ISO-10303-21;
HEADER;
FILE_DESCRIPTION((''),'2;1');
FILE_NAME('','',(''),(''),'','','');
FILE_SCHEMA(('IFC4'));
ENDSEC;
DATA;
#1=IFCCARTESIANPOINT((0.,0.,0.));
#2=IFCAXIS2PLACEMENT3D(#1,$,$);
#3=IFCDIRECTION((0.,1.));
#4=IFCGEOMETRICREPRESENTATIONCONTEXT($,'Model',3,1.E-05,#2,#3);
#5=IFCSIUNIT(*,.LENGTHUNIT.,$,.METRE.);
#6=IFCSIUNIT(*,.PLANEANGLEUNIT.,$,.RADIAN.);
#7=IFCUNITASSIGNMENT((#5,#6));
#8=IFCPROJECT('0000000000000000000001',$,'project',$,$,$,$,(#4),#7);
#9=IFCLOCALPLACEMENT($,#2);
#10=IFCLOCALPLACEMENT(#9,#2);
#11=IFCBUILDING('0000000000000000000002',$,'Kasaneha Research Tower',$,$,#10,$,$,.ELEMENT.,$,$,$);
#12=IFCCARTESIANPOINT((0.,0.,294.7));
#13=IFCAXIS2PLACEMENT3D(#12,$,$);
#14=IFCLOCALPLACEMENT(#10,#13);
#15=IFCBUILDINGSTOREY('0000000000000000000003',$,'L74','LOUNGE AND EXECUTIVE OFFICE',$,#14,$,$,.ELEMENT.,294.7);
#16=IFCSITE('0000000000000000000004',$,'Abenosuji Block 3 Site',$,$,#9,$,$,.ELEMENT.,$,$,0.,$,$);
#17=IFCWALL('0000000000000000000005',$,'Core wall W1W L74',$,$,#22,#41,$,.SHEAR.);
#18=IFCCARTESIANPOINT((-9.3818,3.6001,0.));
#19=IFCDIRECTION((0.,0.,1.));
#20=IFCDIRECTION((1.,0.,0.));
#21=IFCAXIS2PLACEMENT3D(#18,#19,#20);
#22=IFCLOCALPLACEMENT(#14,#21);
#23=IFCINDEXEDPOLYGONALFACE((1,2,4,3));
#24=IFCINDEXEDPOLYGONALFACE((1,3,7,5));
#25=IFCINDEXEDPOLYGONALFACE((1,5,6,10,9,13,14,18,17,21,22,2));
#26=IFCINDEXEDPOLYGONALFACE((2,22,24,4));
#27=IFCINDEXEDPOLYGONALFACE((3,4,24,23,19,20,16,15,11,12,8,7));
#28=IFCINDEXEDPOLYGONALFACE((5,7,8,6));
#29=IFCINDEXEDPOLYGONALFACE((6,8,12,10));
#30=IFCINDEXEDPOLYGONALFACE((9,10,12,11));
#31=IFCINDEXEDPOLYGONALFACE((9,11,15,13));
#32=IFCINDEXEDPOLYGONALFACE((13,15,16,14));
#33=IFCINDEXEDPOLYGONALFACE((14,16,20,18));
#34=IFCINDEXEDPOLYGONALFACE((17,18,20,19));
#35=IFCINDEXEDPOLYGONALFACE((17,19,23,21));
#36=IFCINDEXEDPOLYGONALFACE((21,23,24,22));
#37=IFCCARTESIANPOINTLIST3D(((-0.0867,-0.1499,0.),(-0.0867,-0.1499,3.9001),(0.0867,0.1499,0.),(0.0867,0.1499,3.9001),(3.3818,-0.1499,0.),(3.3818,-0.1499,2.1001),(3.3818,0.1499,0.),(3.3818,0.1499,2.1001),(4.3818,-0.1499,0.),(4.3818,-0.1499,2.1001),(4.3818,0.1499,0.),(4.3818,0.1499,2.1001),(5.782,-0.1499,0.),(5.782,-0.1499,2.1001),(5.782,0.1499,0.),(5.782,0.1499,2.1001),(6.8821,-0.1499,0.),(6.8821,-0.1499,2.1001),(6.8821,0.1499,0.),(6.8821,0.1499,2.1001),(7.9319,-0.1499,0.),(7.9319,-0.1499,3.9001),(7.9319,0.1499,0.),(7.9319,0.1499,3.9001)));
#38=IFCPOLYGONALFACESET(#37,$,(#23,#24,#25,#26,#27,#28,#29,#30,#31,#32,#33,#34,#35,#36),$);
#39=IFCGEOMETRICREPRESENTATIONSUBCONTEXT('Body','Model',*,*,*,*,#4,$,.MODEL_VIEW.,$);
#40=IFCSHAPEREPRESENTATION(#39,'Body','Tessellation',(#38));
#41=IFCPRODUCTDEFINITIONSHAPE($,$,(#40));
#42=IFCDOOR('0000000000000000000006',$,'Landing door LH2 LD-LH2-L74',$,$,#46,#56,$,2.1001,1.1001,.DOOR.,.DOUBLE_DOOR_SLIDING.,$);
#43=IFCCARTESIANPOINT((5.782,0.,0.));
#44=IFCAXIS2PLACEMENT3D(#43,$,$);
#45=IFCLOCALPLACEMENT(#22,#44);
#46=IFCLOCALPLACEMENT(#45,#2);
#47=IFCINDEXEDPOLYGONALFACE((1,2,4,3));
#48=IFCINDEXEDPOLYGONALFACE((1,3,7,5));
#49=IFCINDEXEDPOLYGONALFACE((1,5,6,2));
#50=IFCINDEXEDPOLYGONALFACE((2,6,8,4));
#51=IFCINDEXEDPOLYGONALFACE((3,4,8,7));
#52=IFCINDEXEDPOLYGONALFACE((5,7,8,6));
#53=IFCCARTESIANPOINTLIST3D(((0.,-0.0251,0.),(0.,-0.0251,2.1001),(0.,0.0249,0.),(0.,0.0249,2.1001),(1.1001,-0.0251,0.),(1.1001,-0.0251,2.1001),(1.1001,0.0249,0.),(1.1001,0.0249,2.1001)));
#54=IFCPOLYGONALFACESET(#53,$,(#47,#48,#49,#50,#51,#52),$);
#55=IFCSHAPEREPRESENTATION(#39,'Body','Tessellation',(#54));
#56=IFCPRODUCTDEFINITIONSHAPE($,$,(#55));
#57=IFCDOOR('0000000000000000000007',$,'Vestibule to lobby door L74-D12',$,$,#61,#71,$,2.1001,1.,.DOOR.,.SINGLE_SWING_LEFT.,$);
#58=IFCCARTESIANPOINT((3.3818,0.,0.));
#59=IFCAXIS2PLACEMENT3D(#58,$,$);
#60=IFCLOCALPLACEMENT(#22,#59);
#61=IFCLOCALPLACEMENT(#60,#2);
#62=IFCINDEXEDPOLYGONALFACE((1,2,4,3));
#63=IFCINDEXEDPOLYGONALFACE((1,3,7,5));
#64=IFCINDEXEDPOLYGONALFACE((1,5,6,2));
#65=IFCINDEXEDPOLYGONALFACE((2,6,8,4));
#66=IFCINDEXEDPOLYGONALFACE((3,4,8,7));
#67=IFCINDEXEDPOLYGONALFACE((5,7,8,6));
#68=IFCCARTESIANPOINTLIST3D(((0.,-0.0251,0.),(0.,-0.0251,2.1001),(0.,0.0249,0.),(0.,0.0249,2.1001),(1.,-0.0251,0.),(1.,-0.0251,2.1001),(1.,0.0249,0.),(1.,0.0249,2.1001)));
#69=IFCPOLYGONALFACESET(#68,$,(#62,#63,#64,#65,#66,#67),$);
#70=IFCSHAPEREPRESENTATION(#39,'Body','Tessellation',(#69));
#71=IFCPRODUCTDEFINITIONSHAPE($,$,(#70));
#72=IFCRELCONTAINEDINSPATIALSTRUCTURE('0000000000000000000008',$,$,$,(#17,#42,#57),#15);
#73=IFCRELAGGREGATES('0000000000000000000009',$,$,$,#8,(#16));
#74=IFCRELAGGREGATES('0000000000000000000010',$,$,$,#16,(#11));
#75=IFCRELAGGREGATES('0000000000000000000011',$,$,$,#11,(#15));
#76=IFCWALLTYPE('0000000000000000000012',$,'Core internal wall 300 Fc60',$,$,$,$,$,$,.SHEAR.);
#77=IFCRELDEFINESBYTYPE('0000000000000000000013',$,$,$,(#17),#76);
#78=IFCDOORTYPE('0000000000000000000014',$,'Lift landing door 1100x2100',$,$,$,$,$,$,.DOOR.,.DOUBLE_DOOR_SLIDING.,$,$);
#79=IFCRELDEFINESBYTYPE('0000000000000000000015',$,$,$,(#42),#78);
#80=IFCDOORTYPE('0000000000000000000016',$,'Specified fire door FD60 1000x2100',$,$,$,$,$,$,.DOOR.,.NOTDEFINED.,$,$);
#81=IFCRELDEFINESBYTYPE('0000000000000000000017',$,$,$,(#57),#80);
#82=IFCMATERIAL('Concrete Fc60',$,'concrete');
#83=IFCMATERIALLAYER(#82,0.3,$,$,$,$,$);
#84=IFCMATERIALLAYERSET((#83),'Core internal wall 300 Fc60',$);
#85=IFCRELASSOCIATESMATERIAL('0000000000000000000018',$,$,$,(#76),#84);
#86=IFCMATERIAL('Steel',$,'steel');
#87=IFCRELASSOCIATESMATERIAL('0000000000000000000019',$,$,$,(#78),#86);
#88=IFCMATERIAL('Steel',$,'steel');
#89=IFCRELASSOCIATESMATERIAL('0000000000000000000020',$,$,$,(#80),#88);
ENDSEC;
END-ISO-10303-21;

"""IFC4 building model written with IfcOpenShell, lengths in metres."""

from ifc_helpers import new_model, si_unit, direction, frame, frame_2d, origin, place, context, subcontext, project, spatial, polyline, rectangle, outline, extrude, material, layer, layer_set, type_object, element, fill, save


model = new_model("IFC4")

# Units and contexts
model_context = context("Model", 3, precision=1e-05, world=origin(), true_north=direction((0.0, 1.0)))
body_context = subcontext(model_context, "Body", "Model", "MODEL_VIEW")
ifc_project = project(units=[si_unit("LENGTHUNIT", "METRE"), si_unit("PLANEANGLEUNIT", "RADIAN")], contexts=[model_context])

# Site, building, storey
site_placement = place(None, origin())
site = spatial("IfcSite", under=ifc_project, at=site_placement, Name="Abenosuji Block 3 Site", CompositionType="ELEMENT", RefElevation=0.0)
building_placement = place(site_placement, origin())
building = spatial("IfcBuilding", under=site, at=building_placement, Name="Kasaneha Research Tower", CompositionType="ELEMENT")
storey_placement = place(building_placement, frame((0.0, 0.0, 294.7)))
storey = spatial("IfcBuildingStorey", under=building, at=storey_placement, Name="L74", Description="LOUNGE AND EXECUTIVE OFFICE", CompositionType="ELEMENT", Elevation=294.7)

# Wall, openings, doors
ifc_material_1 = material(Name="Concrete Fc60", Category="concrete")
ifc_layer_1 = layer(ifc_material_1, 0.3)
ifc_layer_set_1 = layer_set([ifc_layer_1], Name="Core internal wall 300 Fc60")
wall_type_1 = type_object("IfcWallType", Name="Core internal wall 300 Fc60", PredefinedType="SHEAR", material=ifc_layer_set_1)
wall_1_placement = place(storey_placement, frame((-9.3818, 3.6001, 0.0), z_axis=(0.0, 0.0, 1.0), x_axis=(1.0, 0.0, 0.0)))
wall_1 = element("IfcWall", 1, at=wall_1_placement, inside=storey, type_object=wall_type_1, Name="Core wall W1W L74", PredefinedType="SHEAR", context=body_context, shape_type="SweptSolid", body=[
    extrude(outline(polyline([(-0.0867, -0.1499), (3.3818, -0.1499), (4.3818, -0.1499), (5.782, -0.1499), (6.8821, -0.1499), (7.9319, -0.1499), (7.9319, 0.1499), (6.8821, 0.1499), (5.782, 0.1499), (4.3818, 0.1499), (3.3818, 0.1499), (0.0867, 0.1499), (-0.0867, -0.1499)])), origin(), (0.0, 0.0, 1.0), 3.9001),
])
opening_1_placement = place(wall_1_placement, frame((3.3818, 0.0, 0.0)))
opening_1 = element("IfcOpeningElement", 2, at=opening_1_placement, cuts=wall_1, PredefinedType="OPENING", context=body_context, shape_type="SweptSolid", body=[
    extrude(rectangle(XDim=1.0, YDim=2.1001, at=frame_2d((0.5, 1.05))), frame((0.0, 0.1602, 0.0), z_axis=(0.0, -1.0, 0.0), x_axis=(1.0, 0.0, 0.0)), (0.0, 0.0, 1.0), 0.3201),
])
opening_2_placement = place(wall_1_placement, frame((5.782, 0.0, 0.0)))
opening_2 = element("IfcOpeningElement", 3, at=opening_2_placement, cuts=wall_1, PredefinedType="OPENING", context=body_context, shape_type="SweptSolid", body=[
    extrude(rectangle(XDim=1.1001, YDim=2.1001, at=frame_2d((0.55, 1.05))), frame((0.0, 0.1602, 0.0), z_axis=(0.0, -1.0, 0.0), x_axis=(1.0, 0.0, 0.0)), (0.0, 0.0, 1.0), 0.3201),
])
ifc_material_2 = material(Name="Steel", Category="steel")
door_type_1 = type_object("IfcDoorType", Name="Lift landing door 1100x2100", OperationType="DOUBLE_DOOR_SLIDING", PredefinedType="DOOR", material=ifc_material_2)
door_1_placement = place(opening_2_placement, origin())
door_1 = element("IfcDoor", 4, at=door_1_placement, inside=storey, type_object=door_type_1, Name="Landing door LH2 LD-LH2-L74", OperationType="DOUBLE_DOOR_SLIDING", OverallHeight=2.1001, OverallWidth=1.1001, PredefinedType="DOOR", context=body_context, shape_type="SweptSolid", body=[
    extrude(rectangle(XDim=1.1001, YDim=2.1001, at=frame_2d((0.55, 1.05))), frame((0.0, 0.0249, 0.0), z_axis=(0.0, -1.0, 0.0), x_axis=(1.0, 0.0, 0.0)), (0.0, 0.0, 1.0), 0.05),
])
fill(opening_2, door_1)
ifc_material_3 = material(Name="Steel", Category="steel")
door_type_2 = type_object("IfcDoorType", Name="Specified fire door FD60 1000x2100", OperationType="NOTDEFINED", PredefinedType="DOOR", material=ifc_material_3)
door_2_placement = place(opening_1_placement, origin())
door_2 = element("IfcDoor", 5, at=door_2_placement, inside=storey, type_object=door_type_2, Name="Vestibule to lobby door L74-D12", OperationType="SINGLE_SWING_LEFT", OverallHeight=2.1001, OverallWidth=1.0, PredefinedType="DOOR", context=body_context, shape_type="SweptSolid", body=[
    extrude(rectangle(XDim=1.0, YDim=2.1001, at=frame_2d((0.5, 1.05))), frame((0.0, 0.0249, 0.0), z_axis=(0.0, -1.0, 0.0), x_axis=(1.0, 0.0, 0.0)), (0.0, 0.0, 1.0), 0.05),
])
fill(opening_1, door_2)

save(model, "model.ifc")
